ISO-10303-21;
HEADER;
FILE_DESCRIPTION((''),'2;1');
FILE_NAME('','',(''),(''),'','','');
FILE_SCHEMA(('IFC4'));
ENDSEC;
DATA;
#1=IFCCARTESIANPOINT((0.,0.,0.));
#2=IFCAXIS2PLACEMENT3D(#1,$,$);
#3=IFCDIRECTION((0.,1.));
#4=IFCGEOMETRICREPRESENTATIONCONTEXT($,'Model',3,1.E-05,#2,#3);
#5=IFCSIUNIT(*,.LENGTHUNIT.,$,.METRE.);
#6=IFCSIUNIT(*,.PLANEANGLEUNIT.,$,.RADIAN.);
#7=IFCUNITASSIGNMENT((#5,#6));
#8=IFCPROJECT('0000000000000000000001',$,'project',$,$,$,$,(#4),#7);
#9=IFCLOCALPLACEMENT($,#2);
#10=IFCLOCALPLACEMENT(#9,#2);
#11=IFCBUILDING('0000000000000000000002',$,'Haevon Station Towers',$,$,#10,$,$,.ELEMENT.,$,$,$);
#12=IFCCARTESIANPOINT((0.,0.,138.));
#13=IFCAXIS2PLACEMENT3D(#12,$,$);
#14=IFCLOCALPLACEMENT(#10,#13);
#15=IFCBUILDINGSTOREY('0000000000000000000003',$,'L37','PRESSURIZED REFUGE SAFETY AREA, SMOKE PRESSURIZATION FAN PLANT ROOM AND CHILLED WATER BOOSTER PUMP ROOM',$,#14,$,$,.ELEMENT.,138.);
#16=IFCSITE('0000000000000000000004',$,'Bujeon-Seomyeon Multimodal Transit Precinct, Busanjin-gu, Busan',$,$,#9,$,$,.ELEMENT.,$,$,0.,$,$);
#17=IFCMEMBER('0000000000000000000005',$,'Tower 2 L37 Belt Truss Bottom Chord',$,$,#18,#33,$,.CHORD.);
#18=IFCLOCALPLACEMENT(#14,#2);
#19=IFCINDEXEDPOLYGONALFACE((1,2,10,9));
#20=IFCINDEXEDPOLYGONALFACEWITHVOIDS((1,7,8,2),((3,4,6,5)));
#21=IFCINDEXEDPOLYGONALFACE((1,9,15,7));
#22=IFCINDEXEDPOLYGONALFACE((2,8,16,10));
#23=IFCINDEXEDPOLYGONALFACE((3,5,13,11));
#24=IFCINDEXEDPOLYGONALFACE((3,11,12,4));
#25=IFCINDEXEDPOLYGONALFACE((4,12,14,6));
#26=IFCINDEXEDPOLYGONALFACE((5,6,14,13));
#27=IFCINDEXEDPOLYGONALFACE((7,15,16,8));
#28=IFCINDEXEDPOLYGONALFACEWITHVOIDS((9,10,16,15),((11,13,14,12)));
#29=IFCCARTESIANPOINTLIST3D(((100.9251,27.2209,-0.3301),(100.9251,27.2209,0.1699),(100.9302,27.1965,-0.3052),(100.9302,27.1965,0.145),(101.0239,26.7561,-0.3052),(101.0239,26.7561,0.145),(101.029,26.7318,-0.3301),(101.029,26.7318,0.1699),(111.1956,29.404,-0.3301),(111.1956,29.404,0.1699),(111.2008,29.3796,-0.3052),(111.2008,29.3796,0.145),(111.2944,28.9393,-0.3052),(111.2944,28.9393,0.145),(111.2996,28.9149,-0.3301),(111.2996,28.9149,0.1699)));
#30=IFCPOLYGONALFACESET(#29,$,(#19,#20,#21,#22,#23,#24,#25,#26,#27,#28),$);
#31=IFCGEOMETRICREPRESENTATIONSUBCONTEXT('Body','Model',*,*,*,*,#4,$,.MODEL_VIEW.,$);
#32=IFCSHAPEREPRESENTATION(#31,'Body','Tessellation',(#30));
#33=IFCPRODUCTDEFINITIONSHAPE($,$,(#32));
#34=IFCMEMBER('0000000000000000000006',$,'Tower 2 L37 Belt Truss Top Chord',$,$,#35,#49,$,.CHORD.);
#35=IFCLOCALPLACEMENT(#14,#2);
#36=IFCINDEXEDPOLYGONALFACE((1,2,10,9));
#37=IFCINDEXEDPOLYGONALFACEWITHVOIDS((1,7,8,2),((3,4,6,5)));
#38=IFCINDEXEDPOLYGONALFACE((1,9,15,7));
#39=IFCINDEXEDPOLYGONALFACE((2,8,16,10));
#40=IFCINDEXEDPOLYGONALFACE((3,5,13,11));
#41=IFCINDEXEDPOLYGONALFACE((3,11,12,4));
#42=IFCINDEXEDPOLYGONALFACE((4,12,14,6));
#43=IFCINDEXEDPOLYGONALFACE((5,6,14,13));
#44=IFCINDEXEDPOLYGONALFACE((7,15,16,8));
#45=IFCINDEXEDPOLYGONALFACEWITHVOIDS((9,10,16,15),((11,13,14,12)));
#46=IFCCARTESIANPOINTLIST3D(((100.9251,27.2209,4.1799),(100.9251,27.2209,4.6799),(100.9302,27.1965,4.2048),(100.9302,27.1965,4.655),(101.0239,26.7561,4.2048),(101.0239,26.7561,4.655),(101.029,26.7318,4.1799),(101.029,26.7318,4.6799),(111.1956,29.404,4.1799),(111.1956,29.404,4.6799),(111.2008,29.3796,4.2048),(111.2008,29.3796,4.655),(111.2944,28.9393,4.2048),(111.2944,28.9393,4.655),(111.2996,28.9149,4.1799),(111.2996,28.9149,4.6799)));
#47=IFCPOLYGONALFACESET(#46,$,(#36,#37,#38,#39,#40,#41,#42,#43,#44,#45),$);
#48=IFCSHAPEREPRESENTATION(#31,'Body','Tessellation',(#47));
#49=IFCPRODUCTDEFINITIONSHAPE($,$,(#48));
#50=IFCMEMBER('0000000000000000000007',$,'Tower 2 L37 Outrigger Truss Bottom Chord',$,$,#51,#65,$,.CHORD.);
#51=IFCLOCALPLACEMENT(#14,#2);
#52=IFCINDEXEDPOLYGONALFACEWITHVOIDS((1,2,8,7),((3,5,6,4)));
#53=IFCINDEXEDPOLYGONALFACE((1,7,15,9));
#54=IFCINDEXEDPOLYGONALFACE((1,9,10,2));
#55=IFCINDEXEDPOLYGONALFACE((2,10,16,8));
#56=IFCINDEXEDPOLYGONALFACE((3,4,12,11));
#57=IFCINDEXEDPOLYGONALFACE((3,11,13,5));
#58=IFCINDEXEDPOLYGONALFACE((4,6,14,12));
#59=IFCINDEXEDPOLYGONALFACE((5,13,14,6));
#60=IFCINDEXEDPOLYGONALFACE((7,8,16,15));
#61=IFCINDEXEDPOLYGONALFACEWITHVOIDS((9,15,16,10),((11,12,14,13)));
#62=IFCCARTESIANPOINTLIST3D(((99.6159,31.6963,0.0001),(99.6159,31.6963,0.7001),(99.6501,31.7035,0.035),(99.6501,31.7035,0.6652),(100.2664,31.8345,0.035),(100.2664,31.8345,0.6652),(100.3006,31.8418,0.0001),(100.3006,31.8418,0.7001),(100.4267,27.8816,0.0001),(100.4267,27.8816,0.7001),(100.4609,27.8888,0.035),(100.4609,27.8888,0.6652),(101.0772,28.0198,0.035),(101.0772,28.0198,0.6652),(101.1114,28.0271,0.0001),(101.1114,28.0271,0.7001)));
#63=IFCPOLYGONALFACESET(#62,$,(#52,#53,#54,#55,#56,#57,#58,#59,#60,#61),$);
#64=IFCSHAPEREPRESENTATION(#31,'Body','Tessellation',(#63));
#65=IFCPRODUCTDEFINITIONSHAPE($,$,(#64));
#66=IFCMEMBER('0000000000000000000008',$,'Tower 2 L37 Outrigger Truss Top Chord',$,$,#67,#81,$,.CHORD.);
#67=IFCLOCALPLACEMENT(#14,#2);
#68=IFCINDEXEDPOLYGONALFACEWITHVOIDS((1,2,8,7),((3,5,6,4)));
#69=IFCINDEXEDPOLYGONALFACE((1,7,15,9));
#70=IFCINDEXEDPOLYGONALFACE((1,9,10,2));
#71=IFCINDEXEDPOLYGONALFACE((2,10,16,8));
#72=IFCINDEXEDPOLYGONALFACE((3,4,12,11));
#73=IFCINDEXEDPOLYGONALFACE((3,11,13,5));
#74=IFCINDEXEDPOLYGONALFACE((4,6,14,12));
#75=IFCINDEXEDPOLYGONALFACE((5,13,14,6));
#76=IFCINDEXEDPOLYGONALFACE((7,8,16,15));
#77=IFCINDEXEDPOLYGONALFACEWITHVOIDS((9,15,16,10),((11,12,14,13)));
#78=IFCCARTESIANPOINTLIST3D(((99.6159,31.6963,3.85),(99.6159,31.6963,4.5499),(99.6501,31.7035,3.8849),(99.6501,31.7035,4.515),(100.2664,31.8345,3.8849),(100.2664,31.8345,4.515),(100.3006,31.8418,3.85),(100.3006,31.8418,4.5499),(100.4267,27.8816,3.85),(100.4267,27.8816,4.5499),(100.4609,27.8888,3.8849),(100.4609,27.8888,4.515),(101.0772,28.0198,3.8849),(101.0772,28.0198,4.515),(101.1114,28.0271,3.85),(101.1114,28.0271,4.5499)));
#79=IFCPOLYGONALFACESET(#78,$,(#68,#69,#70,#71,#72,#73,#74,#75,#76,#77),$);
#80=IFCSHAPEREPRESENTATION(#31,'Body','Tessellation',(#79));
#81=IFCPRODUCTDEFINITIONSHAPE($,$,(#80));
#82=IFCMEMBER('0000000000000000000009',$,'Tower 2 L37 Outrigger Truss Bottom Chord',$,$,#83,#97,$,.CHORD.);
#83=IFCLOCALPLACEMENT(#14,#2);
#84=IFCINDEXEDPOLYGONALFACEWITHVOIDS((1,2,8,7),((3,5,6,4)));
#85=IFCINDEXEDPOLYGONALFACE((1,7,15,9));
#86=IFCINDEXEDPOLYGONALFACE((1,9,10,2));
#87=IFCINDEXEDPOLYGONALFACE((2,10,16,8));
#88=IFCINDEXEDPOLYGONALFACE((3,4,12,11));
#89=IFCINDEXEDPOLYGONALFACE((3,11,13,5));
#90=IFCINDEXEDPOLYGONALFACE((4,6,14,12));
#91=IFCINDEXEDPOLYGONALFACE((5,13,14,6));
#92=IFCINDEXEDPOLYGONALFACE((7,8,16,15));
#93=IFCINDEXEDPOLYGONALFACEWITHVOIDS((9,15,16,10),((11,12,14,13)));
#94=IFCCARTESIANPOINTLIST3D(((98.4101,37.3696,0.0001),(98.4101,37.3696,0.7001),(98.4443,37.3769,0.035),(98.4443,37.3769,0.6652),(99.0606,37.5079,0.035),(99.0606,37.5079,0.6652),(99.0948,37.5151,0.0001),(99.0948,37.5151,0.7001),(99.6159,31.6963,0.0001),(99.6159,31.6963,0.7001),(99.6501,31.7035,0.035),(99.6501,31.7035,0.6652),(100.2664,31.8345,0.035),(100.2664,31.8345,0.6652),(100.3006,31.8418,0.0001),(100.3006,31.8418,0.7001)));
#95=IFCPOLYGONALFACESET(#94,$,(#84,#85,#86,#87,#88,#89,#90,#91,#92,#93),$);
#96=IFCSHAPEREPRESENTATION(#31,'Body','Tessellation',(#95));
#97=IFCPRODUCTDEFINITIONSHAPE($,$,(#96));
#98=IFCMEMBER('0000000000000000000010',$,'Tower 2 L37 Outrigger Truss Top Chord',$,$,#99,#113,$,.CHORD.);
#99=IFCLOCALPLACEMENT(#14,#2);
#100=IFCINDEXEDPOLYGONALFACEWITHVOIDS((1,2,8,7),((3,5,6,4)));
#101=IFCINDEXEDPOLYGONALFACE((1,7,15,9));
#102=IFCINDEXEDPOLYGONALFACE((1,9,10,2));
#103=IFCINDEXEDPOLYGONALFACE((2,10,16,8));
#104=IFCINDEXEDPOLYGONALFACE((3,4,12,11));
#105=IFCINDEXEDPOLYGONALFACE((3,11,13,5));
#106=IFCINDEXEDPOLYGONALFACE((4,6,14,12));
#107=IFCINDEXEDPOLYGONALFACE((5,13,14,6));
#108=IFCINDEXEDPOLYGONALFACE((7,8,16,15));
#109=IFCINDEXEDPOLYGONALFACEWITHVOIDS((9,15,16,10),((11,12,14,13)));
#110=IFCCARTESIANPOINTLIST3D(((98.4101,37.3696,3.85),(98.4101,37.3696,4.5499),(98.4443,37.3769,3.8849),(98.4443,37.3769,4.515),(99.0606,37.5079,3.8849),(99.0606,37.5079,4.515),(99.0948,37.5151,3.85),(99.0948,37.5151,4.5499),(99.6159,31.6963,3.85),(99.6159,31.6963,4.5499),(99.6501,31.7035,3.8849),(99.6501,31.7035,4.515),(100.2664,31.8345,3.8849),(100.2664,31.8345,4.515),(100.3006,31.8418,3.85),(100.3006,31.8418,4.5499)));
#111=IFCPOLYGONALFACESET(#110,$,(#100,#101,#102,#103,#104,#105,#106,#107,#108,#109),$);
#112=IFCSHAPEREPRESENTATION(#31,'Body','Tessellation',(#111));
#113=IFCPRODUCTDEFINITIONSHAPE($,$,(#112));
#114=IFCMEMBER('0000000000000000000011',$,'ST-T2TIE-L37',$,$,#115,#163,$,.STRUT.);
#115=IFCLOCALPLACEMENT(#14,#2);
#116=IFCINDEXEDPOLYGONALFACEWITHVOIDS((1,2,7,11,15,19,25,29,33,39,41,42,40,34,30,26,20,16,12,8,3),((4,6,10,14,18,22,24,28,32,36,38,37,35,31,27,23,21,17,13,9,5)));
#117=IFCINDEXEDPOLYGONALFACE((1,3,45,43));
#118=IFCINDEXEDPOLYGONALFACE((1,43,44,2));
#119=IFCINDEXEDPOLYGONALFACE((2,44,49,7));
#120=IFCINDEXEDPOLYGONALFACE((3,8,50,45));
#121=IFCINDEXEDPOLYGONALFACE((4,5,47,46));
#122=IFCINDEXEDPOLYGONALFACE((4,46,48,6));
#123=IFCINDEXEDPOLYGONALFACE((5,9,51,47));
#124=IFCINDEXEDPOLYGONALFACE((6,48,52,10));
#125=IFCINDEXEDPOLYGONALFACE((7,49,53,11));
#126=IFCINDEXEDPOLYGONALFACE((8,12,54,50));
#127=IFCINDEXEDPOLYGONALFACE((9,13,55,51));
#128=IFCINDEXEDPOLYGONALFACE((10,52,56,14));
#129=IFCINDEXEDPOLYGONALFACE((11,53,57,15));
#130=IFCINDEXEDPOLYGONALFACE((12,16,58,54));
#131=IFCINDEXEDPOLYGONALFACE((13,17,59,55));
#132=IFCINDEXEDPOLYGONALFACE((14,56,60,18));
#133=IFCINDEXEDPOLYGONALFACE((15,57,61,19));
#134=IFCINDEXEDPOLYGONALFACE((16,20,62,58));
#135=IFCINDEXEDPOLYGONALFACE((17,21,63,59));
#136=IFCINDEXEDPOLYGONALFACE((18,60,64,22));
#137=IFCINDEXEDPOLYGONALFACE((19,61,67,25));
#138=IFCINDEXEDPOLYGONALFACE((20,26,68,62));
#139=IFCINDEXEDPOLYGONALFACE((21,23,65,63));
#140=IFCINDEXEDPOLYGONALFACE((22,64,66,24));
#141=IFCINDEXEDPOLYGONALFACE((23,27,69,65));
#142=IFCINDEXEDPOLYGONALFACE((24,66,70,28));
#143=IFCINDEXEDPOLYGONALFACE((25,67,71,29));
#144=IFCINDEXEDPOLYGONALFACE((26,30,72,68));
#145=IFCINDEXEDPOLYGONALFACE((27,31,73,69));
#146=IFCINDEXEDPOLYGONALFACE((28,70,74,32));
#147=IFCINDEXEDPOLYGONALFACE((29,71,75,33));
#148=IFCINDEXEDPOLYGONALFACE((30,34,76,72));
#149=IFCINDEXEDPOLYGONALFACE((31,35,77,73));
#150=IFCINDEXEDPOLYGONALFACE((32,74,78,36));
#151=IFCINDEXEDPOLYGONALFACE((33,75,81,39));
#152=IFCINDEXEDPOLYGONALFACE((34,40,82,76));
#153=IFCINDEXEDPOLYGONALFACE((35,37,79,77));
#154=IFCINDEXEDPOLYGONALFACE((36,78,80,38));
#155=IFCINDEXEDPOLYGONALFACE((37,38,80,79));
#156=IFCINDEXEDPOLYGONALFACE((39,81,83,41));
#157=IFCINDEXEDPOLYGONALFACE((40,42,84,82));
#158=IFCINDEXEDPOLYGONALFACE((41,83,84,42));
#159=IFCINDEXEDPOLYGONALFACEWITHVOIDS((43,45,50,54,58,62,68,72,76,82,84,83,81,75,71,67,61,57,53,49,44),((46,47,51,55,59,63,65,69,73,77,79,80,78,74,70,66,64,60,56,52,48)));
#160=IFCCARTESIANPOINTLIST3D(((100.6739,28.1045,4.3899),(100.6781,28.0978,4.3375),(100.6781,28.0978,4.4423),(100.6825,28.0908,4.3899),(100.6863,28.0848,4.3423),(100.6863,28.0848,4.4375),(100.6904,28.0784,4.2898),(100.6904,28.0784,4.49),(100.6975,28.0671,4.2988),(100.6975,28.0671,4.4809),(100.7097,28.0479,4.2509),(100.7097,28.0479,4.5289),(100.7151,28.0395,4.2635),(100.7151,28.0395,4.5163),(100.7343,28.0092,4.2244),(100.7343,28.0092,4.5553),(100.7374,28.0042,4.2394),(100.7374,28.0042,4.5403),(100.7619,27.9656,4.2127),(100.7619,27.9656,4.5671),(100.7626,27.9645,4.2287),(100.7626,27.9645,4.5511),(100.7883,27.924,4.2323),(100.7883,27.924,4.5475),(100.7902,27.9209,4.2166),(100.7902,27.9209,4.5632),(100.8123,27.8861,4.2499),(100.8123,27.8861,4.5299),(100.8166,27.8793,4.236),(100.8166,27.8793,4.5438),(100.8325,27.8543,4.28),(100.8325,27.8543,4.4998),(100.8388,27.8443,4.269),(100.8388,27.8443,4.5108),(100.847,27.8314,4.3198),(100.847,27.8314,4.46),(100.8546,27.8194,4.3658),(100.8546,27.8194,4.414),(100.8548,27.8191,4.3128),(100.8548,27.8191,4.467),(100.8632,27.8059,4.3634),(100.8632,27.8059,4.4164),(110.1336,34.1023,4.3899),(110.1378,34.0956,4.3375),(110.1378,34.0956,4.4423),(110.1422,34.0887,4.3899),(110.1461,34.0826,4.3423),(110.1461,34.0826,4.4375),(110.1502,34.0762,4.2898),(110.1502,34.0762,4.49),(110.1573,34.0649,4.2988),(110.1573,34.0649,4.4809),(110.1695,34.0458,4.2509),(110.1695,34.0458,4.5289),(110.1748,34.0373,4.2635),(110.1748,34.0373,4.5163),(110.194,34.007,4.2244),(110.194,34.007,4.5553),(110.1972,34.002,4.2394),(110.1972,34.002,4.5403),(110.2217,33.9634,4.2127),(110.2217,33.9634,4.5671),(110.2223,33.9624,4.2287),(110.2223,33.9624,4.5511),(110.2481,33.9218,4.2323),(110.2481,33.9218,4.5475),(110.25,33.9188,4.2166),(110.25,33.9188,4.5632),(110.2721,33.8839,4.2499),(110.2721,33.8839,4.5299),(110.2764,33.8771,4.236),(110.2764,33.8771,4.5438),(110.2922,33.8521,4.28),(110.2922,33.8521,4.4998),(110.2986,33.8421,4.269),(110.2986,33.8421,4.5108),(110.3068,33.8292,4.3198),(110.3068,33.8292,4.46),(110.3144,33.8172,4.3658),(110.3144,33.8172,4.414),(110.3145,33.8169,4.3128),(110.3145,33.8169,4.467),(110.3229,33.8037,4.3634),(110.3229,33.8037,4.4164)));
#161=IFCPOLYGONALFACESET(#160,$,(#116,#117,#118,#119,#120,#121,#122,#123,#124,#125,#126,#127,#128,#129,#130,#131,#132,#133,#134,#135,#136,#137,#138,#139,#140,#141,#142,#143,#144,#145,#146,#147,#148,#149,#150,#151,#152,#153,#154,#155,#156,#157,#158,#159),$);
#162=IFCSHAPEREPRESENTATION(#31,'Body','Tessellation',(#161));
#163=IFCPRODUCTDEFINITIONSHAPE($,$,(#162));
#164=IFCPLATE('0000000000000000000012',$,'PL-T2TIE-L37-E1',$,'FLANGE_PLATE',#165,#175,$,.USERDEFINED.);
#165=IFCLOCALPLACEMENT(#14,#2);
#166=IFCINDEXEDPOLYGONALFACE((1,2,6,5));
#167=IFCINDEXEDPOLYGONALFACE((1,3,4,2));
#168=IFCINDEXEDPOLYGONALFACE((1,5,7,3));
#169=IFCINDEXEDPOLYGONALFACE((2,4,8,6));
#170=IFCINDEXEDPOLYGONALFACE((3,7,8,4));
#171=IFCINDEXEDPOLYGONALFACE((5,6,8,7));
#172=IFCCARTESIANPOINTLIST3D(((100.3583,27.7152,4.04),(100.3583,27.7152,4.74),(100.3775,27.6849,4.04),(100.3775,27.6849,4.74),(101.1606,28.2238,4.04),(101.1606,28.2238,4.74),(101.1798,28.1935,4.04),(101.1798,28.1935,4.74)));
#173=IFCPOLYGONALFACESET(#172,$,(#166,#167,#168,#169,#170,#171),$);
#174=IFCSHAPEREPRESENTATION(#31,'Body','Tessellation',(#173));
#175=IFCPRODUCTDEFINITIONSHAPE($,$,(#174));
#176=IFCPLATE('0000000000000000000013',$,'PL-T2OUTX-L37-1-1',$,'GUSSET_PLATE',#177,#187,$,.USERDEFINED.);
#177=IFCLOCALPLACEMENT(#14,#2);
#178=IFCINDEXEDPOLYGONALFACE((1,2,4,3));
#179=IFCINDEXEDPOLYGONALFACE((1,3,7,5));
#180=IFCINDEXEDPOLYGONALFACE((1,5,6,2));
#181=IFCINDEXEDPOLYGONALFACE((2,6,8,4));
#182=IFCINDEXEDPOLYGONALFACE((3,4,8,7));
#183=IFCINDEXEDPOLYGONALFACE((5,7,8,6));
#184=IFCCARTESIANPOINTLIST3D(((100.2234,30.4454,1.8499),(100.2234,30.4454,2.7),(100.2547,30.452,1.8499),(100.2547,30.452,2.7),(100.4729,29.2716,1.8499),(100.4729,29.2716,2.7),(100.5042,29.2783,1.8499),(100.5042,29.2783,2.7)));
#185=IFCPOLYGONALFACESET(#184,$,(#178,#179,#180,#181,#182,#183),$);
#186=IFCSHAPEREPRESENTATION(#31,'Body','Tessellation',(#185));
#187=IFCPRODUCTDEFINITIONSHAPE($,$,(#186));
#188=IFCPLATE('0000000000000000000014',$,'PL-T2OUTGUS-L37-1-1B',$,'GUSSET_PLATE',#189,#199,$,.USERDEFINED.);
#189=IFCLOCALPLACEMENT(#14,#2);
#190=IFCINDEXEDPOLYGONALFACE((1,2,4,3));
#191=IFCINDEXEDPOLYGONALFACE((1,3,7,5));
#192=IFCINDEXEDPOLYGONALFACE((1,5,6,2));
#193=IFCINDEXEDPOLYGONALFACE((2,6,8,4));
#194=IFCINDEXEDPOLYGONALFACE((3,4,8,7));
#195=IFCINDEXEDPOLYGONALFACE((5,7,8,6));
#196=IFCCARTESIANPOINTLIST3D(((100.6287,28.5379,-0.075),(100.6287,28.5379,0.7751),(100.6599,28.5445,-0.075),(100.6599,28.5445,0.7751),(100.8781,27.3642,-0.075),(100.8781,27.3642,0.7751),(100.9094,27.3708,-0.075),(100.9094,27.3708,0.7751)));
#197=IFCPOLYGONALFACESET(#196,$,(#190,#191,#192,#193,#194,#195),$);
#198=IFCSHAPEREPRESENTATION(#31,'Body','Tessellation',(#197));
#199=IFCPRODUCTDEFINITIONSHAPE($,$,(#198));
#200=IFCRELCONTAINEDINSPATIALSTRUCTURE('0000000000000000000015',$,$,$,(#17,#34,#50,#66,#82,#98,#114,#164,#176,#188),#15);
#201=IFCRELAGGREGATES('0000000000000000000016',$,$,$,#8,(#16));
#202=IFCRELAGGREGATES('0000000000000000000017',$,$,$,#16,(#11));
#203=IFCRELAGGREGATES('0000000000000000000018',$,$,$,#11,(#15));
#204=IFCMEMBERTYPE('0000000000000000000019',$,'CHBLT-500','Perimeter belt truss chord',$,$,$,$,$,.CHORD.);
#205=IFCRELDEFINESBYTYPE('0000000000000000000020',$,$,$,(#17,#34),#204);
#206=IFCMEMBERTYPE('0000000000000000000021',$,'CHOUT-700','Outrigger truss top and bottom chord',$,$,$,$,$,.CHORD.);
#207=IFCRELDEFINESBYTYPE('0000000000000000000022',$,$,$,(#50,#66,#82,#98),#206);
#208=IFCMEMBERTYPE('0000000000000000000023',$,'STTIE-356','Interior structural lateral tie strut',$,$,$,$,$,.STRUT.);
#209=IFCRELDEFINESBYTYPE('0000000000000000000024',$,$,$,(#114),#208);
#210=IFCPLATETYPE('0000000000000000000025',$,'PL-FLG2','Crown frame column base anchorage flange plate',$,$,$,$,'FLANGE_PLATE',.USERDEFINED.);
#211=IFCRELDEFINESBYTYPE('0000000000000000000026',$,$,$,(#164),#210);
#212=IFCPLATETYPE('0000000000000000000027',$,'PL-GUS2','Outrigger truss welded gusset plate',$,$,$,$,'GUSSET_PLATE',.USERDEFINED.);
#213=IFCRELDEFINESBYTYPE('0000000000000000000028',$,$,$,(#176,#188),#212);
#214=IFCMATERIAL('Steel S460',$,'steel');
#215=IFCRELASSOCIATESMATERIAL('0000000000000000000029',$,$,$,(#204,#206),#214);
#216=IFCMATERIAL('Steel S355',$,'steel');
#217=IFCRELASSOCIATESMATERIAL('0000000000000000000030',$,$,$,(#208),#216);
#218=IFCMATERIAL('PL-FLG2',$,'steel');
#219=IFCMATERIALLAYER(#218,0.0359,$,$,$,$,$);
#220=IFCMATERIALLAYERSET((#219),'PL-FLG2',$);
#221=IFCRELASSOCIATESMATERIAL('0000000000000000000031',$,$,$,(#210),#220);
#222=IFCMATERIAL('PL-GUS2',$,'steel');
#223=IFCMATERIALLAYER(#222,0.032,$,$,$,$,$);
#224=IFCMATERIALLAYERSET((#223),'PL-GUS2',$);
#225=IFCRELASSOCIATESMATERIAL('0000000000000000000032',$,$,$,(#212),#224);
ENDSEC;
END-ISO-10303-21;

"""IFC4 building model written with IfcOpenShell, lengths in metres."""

from ifc_helpers import new_model, si_unit, direction, frame, origin, origin_2d, place, context, subcontext, project, spatial, rectangle, hollow_rectangle, hollow_circle, extrude, material, layer, layer_set, material_profile, profile_set, type_object, element, save


model = new_model("IFC4")

# Units and contexts
model_context = context("Model", 3, precision=1e-05, world=origin(), true_north=direction((0.0, 1.0)))
body_context = subcontext(model_context, "Body", "Model", "MODEL_VIEW")
ifc_project = project(units=[si_unit("LENGTHUNIT", "METRE"), si_unit("PLANEANGLEUNIT", "RADIAN")], contexts=[model_context])

# Site, building, storey
site_placement = place(None, origin())
site = spatial("IfcSite", under=ifc_project, at=site_placement, Name="Bujeon-Seomyeon Multimodal Transit Precinct, Busanjin-gu, Busan", CompositionType="ELEMENT", RefElevation=0.0)
building_placement = place(site_placement, origin())
building = spatial("IfcBuilding", under=site, at=building_placement, Name="Haevon Station Towers", CompositionType="ELEMENT")
storey_placement = place(building_placement, frame((0.0, 0.0, 138.0)))
storey = spatial("IfcBuildingStorey", under=building, at=storey_placement, Name="L37", Description="PRESSURIZED REFUGE SAFETY AREA, SMOKE PRESSURIZATION FAN PLANT ROOM AND CHILLED WATER BOOSTER PUMP ROOM", CompositionType="ELEMENT", Elevation=138.0)

# Shared definitions
ifc_material_1 = material(Name="Steel S460", Category="steel")

# Shared definitions
ifc_material_2 = material(Name="Steel S355", Category="steel")

# Members
ifc_material_profile_1 = material_profile(ifc_material_1, hollow_rectangle(XDim=0.5, YDim=0.5, WallThickness=0.0249, at=origin_2d()), Name="RHS-500x500x25")
ifc_profile_set_1 = profile_set([ifc_material_profile_1], Name="Steel S460")
member_type_1 = type_object("IfcMemberType", Name="CHBLT-500", Description="Perimeter belt truss chord", PredefinedType="CHORD", material=ifc_profile_set_1)
for number, where, z_axis, x_axis, name in (
    (1, (100.9771, 26.9763, -0.0801), (0.978147, 0.207915, 0.0), (-0.207915, 0.978147, 0.0), "Tower 2 L37 Belt Truss Bottom Chord"),
    (2, (100.9771, 26.9763, 4.4299), (0.978147, 0.207915, 0.0), (-0.207915, 0.978147, 0.0), "Tower 2 L37 Belt Truss Top Chord"),
):
    element("IfcMember", number, at=place(storey_placement, frame(where, z_axis=z_axis, x_axis=x_axis)), inside=storey, type_object=member_type_1, Name=name, PredefinedType="CHORD", context=body_context, shape_type="SweptSolid", body=[
        extrude(hollow_rectangle(XDim=0.5, YDim=0.5, WallThickness=0.0249, at=origin_2d()), origin(), (0.0, 0.0, 1.0), 10.5),
    ])
ifc_material_profile_2 = material_profile(ifc_material_1, hollow_rectangle(XDim=0.7, YDim=0.7, WallThickness=0.0349, at=origin_2d()), Name="RHS-700x700x35")
ifc_profile_set_2 = profile_set([ifc_material_profile_2], Name="Steel S460")
member_type_2 = type_object("IfcMemberType", Name="CHOUT-700", Description="Outrigger truss top and bottom chord", PredefinedType="CHORD", material=ifc_profile_set_2)
for number, where, z_axis, x_axis, name in (
    (3, (100.769, 27.9543, 0.3501), (-0.2079, 0.97815, 0.0), (-0.97815, -0.2079, 0.0), "Tower 2 L37 Outrigger Truss Bottom Chord"),
    (4, (100.769, 27.9543, 4.2), (-0.2079, 0.97815, 0.0), (-0.97815, -0.2079, 0.0), "Tower 2 L37 Outrigger Truss Top Chord"),
):
    element("IfcMember", number, at=place(storey_placement, frame(where, z_axis=z_axis, x_axis=x_axis)), inside=storey, type_object=member_type_2, Name=name, PredefinedType="CHORD", context=body_context, shape_type="SweptSolid", body=[
        extrude(hollow_rectangle(XDim=0.7, YDim=0.7, WallThickness=0.0349, at=origin_2d()), origin(), (0.0, 0.0, 1.0), 3.8999),
    ])
for number, where, z_axis, x_axis, name in (
    (5, (99.9583, 31.769, 0.3501), (-0.207896, 0.978151, 0.0), (-0.978151, -0.207896, 0.0), "Tower 2 L37 Outrigger Truss Bottom Chord"),
    (6, (99.9583, 31.769, 4.2), (-0.207896, 0.978151, 0.0), (-0.978151, -0.207896, 0.0), "Tower 2 L37 Outrigger Truss Top Chord"),
):
    element("IfcMember", number, at=place(storey_placement, frame(where, z_axis=z_axis, x_axis=x_axis)), inside=storey, type_object=member_type_2, Name=name, PredefinedType="CHORD", context=body_context, shape_type="SweptSolid", body=[
        extrude(hollow_rectangle(XDim=0.7, YDim=0.7, WallThickness=0.0349, at=origin_2d()), origin(), (0.0, 0.0, 1.0), 5.8),
    ])
ifc_material_profile_3 = material_profile(ifc_material_2, hollow_circle(Radius=0.1777, WallThickness=0.0161, at=origin_2d()), Name="CHS-355.6x16")
ifc_profile_set_3 = profile_set([ifc_material_profile_3], Name="Steel S355")
member_type_3 = type_object("IfcMemberType", Name="STTIE-356", Description="Interior structural lateral tie strut", PredefinedType="STRUT", material=ifc_profile_set_3)
member_1_placement = place(storey_placement, frame((100.769, 27.9543, 4.3899), z_axis=(0.844551, 0.535476, 0.0), x_axis=(-0.535476, 0.844551, 0.0)))
element("IfcMember", 7, at=member_1_placement, inside=storey, type_object=member_type_3, Name="ST-T2TIE-L37", PredefinedType="STRUT", context=body_context, shape_type="SweptSolid", body=[
    extrude(hollow_circle(Radius=0.1777, WallThickness=0.0161, at=origin_2d()), origin(), (0.0, 0.0, 1.0), 11.2009),
])

# Plates
ifc_material_3 = material(Name="PL-FLG2", Category="steel")
ifc_layer_1 = layer(ifc_material_3, 0.0359)
ifc_layer_set_1 = layer_set([ifc_layer_1], Name="PL-FLG2")
plate_type_1 = type_object("IfcPlateType", Name="PL-FLG2", Description="Crown frame column base anchorage flange plate", ElementType="FLANGE_PLATE", PredefinedType="USERDEFINED", material=ifc_layer_set_1)
plate_placement = place(storey_placement, frame((100.769, 27.9543, 4.04), z_axis=(0.0, 0.0, 1.0), x_axis=(0.844549, 0.535479, 0.0)))
element("IfcPlate", 8, at=plate_placement, inside=storey, type_object=plate_type_1, Name="PL-T2TIE-L37-E1", ObjectType="FLANGE_PLATE", PredefinedType="USERDEFINED", context=body_context, shape_type="SweptSolid", body=[
    extrude(rectangle(XDim=0.95, YDim=0.0359, at=origin_2d()), origin(), (0.0, 0.0, 1.0), 0.7),
])
ifc_material_4 = material(Name="PL-GUS2", Category="steel")
ifc_layer_2 = layer(ifc_material_4, 0.032)
ifc_layer_set_2 = layer_set([ifc_layer_2], Name="PL-GUS2")
plate_type_2 = type_object("IfcPlateType", Name="PL-GUS2", Description="Outrigger truss welded gusset plate", ElementType="GUSSET_PLATE", PredefinedType="USERDEFINED", material=ifc_layer_set_2)
for number, where, z_axis, x_axis, name in (
    (9, (100.3638, 29.8618, 1.8499), (0.0, 0.0, 1.0), (-0.207912, 0.978148, 0.0), "PL-T2OUTX-L37-1-1"),
    (10, (100.769, 27.9543, -0.075), (0.0, 0.0, 1.0), (-0.207912, 0.978148, 0.0), "PL-T2OUTGUS-L37-1-1B"),
):
    element("IfcPlate", number, at=place(storey_placement, frame(where, z_axis=z_axis, x_axis=x_axis)), inside=storey, type_object=plate_type_2, Name=name, ObjectType="GUSSET_PLATE", PredefinedType="USERDEFINED", context=body_context, shape_type="SweptSolid", body=[
        extrude(rectangle(XDim=1.2, YDim=0.032, at=origin_2d()), origin(), (0.0, 0.0, 1.0), 0.8501),
    ])

save(model, "model.ifc")
